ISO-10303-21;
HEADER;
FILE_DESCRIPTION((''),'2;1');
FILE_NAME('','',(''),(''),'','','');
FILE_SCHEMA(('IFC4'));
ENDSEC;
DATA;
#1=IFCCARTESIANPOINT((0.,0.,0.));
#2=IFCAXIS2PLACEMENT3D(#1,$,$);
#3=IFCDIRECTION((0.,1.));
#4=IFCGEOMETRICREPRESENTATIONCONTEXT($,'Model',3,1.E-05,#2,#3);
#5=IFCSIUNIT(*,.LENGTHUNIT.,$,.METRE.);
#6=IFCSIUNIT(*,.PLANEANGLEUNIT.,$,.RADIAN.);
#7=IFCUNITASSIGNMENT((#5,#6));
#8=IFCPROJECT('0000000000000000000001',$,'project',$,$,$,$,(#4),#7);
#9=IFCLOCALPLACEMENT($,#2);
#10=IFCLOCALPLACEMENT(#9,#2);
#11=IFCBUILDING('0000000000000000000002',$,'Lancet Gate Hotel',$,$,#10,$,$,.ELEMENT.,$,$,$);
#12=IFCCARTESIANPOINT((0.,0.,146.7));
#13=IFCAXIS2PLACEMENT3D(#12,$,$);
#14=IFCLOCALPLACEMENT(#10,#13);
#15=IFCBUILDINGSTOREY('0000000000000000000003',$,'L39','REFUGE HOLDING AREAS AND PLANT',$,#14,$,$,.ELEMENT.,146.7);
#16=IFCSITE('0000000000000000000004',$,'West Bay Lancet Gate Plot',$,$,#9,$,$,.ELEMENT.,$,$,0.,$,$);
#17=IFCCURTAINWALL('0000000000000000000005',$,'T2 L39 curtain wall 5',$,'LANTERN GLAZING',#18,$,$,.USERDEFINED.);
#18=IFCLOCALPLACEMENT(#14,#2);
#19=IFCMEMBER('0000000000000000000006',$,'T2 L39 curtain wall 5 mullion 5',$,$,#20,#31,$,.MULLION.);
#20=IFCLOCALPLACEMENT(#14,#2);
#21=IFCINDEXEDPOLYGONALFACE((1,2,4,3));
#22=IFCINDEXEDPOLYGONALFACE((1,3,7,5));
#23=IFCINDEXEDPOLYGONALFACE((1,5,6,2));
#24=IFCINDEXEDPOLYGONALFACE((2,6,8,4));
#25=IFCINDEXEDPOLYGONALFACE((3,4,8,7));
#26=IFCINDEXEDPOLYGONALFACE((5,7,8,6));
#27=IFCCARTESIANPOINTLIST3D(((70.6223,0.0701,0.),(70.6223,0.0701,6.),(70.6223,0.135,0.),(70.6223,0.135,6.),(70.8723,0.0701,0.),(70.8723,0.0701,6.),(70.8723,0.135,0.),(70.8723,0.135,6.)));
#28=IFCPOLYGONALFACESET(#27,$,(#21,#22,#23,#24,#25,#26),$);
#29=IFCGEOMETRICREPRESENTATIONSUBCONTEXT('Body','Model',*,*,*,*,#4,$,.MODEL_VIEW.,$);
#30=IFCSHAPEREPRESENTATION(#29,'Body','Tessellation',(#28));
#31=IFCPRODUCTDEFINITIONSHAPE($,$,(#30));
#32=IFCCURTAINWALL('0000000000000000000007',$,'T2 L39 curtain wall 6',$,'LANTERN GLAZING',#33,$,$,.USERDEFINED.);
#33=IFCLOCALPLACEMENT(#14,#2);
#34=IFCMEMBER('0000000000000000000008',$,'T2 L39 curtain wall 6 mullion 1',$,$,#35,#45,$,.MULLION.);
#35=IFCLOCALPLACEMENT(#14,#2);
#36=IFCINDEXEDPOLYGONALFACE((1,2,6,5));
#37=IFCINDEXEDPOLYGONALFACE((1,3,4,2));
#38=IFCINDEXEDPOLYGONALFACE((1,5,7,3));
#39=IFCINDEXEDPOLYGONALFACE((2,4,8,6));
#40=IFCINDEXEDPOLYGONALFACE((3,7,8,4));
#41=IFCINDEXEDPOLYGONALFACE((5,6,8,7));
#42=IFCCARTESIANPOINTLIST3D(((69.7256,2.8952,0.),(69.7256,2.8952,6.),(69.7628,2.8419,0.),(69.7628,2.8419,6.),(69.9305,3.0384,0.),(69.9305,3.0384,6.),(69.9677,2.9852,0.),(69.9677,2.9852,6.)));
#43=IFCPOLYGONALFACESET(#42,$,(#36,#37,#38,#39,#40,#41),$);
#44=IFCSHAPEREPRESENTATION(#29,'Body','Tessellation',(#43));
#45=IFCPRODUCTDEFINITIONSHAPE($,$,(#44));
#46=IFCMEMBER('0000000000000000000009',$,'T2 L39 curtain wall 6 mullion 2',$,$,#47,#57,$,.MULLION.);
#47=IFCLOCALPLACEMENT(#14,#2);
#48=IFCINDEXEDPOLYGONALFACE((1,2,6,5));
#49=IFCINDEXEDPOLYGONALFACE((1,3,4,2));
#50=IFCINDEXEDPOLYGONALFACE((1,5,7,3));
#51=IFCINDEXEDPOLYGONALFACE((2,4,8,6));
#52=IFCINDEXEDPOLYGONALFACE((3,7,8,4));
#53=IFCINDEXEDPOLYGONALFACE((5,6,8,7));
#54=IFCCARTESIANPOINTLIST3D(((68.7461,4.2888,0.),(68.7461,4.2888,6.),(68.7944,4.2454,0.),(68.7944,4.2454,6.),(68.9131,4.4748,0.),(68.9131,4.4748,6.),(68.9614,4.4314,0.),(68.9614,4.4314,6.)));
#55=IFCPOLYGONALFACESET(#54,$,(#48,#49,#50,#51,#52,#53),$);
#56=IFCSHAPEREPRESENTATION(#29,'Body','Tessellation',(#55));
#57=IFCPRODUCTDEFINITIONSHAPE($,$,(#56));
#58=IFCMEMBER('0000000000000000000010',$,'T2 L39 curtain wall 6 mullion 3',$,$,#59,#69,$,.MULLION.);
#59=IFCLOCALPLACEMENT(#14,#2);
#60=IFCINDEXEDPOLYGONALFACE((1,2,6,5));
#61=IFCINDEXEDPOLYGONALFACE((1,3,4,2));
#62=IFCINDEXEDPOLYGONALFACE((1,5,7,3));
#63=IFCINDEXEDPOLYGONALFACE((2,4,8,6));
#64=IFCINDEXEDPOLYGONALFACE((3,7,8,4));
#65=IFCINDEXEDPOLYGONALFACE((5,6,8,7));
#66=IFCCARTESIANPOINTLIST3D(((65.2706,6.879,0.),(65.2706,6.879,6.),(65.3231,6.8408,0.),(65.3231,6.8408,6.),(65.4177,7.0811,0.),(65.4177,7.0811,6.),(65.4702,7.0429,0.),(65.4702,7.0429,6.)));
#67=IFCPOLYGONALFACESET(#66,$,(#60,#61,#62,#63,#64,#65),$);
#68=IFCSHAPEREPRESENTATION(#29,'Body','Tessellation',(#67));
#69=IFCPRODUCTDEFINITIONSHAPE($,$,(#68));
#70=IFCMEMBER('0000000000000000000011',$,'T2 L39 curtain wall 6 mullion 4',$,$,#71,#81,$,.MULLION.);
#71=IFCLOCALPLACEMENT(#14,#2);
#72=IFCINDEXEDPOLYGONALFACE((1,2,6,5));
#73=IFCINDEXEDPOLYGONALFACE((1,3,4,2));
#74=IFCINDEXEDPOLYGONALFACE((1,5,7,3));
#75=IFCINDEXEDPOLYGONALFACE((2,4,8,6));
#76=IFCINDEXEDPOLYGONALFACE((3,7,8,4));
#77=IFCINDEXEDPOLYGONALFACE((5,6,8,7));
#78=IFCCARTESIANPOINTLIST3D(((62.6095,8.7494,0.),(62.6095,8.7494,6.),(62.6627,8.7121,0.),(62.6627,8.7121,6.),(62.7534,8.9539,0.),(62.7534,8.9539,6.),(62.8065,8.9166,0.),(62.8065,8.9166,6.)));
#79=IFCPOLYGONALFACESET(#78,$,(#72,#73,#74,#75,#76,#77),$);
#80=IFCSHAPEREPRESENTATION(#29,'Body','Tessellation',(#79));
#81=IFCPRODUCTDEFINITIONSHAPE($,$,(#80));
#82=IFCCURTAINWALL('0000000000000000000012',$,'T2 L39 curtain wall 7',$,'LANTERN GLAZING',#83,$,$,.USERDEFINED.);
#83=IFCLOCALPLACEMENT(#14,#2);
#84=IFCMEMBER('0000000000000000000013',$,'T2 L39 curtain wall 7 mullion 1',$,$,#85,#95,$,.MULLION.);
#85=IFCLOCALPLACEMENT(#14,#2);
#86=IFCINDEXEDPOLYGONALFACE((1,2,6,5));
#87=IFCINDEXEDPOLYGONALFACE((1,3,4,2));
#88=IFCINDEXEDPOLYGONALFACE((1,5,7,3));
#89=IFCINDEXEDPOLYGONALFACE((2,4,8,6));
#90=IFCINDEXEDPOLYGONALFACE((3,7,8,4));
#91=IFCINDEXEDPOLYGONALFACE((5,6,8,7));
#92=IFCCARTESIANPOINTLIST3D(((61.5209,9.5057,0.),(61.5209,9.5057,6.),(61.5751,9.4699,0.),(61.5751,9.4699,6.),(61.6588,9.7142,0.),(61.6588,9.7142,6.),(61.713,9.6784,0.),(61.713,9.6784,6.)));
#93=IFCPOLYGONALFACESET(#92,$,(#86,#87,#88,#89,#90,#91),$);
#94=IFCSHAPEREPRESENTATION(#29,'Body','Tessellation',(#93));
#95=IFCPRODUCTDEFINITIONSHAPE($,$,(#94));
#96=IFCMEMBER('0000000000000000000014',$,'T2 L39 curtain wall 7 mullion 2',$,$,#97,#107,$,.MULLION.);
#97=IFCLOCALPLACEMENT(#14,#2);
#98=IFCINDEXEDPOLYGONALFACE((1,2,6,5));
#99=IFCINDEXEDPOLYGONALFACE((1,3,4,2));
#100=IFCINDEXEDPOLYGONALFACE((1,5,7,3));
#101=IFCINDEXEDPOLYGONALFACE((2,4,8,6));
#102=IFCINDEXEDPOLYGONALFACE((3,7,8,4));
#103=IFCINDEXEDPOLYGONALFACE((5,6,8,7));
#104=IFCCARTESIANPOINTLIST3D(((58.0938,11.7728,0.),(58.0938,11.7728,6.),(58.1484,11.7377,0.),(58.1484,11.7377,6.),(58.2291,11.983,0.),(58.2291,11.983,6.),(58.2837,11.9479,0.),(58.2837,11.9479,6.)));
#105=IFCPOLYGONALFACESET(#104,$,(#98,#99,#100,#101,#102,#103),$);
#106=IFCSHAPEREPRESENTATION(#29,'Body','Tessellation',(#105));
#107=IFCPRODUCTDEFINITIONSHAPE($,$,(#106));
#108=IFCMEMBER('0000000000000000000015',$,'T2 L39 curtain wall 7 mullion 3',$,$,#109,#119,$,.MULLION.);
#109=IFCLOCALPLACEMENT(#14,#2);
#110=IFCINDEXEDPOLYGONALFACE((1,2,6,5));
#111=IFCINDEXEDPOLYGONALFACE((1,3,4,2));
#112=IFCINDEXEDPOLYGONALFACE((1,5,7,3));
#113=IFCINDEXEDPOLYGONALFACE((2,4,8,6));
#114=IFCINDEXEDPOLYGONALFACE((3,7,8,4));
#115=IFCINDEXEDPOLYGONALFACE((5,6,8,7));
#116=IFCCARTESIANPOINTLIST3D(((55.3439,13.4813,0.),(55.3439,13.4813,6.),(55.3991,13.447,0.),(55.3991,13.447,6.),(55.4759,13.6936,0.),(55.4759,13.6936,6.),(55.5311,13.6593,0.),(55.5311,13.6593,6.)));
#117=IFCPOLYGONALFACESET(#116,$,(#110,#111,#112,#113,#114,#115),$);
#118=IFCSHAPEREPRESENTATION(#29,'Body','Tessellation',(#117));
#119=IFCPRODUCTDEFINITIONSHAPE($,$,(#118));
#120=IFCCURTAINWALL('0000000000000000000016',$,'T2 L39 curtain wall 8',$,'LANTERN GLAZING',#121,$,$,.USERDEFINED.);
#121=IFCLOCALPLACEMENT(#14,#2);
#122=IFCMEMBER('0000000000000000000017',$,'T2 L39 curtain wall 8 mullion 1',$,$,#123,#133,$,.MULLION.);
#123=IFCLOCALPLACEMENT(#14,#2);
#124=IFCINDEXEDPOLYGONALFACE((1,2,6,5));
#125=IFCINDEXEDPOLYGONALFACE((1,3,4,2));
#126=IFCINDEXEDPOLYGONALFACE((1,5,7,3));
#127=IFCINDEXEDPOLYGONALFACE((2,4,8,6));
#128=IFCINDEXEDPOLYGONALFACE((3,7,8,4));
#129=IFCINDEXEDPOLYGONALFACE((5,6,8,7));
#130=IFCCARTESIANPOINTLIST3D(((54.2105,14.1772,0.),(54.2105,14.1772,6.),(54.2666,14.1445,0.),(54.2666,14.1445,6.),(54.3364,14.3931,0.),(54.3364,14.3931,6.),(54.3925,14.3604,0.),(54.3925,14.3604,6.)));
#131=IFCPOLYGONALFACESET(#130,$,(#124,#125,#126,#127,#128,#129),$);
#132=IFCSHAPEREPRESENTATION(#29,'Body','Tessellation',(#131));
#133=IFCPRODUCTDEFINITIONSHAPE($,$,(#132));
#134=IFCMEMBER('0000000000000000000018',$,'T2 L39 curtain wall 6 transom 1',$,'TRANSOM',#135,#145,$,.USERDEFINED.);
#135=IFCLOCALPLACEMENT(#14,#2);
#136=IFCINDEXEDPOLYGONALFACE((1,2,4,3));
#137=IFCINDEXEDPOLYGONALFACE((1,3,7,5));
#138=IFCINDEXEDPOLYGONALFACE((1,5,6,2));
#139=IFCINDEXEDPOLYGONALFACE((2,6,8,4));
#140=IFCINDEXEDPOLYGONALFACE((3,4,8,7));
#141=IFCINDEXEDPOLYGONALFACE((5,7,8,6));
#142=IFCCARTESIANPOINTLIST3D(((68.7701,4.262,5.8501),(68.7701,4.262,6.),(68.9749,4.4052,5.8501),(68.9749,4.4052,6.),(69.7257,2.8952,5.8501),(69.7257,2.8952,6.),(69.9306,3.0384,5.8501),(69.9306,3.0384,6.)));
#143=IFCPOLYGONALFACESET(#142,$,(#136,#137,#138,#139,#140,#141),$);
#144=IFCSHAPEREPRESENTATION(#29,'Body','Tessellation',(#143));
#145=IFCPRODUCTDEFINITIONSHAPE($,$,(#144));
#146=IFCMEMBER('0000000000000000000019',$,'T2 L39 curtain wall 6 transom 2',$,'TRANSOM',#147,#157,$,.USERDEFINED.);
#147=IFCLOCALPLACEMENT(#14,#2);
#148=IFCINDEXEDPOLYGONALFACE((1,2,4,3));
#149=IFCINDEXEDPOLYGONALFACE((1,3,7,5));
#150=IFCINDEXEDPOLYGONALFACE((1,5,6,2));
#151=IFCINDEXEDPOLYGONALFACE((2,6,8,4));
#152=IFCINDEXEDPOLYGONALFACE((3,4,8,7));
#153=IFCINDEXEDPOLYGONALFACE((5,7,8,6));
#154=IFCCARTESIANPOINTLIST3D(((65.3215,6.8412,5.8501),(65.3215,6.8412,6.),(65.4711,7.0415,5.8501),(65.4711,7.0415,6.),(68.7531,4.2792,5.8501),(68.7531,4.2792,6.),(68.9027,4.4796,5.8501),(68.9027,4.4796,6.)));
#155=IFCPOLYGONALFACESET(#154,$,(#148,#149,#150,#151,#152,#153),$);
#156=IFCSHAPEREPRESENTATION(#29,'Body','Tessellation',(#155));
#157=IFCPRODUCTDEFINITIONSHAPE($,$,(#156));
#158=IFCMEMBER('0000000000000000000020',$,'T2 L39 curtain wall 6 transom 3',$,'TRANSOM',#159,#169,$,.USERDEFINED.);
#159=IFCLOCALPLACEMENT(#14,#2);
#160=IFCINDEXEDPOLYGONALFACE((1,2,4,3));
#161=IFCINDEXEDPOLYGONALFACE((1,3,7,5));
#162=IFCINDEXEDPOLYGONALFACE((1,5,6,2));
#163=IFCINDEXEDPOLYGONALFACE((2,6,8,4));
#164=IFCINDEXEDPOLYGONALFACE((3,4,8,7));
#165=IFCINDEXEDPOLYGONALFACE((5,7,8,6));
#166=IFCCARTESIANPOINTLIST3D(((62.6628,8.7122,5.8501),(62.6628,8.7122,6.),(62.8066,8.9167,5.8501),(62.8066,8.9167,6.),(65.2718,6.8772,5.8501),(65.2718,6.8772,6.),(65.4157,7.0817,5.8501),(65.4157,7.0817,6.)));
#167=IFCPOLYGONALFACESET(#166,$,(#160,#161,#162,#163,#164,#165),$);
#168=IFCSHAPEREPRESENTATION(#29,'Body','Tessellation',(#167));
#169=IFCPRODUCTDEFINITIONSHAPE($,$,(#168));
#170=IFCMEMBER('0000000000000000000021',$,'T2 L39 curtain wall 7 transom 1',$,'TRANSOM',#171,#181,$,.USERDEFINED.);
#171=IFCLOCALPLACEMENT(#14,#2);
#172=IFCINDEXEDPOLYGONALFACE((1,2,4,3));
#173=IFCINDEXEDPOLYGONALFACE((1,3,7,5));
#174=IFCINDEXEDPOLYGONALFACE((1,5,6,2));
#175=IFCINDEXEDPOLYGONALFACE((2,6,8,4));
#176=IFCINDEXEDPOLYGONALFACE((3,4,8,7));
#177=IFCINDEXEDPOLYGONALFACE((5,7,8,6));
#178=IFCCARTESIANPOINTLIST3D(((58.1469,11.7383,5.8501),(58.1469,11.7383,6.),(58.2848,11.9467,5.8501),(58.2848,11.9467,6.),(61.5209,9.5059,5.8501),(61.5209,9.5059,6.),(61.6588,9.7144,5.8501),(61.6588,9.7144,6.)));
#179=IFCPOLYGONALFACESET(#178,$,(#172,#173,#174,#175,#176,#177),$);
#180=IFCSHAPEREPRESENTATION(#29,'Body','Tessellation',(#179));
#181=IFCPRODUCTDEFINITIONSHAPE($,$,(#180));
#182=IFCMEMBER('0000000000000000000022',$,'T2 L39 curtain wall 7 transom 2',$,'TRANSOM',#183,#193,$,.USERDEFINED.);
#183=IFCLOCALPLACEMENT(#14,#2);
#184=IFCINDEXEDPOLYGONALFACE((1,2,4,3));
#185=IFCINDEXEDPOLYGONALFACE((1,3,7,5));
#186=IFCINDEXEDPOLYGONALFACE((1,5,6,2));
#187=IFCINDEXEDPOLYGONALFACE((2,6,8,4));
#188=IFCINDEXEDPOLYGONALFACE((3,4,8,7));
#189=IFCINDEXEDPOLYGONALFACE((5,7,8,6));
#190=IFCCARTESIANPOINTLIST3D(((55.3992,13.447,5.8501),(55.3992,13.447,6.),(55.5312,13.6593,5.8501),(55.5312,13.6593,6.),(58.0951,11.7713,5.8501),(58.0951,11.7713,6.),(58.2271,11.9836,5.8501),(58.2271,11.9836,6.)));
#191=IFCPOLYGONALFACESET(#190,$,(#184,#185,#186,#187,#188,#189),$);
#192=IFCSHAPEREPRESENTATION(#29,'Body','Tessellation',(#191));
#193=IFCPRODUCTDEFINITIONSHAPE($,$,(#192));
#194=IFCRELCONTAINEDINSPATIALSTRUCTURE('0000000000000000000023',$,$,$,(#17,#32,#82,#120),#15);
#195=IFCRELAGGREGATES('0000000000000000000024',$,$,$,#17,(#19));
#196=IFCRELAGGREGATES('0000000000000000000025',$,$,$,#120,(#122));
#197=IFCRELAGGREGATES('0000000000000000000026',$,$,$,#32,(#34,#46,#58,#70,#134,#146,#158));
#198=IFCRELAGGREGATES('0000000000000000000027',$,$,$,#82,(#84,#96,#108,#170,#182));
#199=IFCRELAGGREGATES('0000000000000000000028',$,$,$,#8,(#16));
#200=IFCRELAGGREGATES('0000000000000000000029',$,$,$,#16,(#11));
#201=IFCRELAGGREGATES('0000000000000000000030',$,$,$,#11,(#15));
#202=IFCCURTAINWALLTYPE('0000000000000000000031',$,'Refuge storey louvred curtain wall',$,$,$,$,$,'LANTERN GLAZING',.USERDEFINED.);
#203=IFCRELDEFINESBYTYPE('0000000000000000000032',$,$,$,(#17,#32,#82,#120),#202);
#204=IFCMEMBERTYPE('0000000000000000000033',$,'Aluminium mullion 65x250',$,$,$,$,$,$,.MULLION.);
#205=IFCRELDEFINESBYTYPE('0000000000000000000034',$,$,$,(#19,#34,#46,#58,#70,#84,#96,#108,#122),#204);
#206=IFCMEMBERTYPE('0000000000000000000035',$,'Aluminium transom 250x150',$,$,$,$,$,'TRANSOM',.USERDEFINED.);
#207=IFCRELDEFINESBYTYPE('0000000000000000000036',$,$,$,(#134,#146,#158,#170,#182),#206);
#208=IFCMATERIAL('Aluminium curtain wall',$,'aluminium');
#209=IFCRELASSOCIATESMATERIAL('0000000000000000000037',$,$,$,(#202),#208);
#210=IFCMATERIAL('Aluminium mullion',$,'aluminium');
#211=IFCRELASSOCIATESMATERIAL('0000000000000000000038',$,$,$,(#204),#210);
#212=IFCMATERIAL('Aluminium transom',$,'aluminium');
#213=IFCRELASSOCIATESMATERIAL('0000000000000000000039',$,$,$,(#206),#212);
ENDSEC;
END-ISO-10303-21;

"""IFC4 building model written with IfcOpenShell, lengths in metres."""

from ifc_helpers import new_model, si_unit, direction, frame, origin, origin_2d, place, context, subcontext, project, spatial, rectangle, extrude, material, material_profile, profile_set, type_object, element, aggregate, save


model = new_model("IFC4")

# Units and contexts
model_context = context("Model", 3, precision=1e-05, world=origin(), true_north=direction((0.0, 1.0)))
body_context = subcontext(model_context, "Body", "Model", "MODEL_VIEW")
ifc_project = project(units=[si_unit("LENGTHUNIT", "METRE"), si_unit("PLANEANGLEUNIT", "RADIAN")], contexts=[model_context])

# Site, building, storey
site_placement = place(None, origin())
site = spatial("IfcSite", under=ifc_project, at=site_placement, Name="West Bay Lancet Gate Plot", CompositionType="ELEMENT", RefElevation=0.0)
building_placement = place(site_placement, origin())
building = spatial("IfcBuilding", under=site, at=building_placement, Name="Lancet Gate Hotel", CompositionType="ELEMENT")
storey_placement = place(building_placement, frame((0.0, 0.0, 146.7)))
storey = spatial("IfcBuildingStorey", under=building, at=storey_placement, Name="L39", Description="REFUGE HOLDING AREAS AND PLANT", CompositionType="ELEMENT", Elevation=146.7)

# Curtain wall, member
ifc_material_1 = material(Name="Aluminium curtain wall", Category="aluminium")
curtain_wall_type = type_object("IfcCurtainWallType", Name="Refuge storey louvred curtain wall", ElementType="LANTERN GLAZING", PredefinedType="USERDEFINED", material=ifc_material_1)
curtain_wall_1_placement = place(storey_placement, origin())
curtain_wall_1 = element("IfcCurtainWall", 1, at=curtain_wall_1_placement, inside=storey, type_object=curtain_wall_type, Name="T2 L39 curtain wall 5", ObjectType="LANTERN GLAZING", PredefinedType="USERDEFINED")
ifc_material_2 = material(Name="Aluminium mullion", Category="aluminium")
ifc_material_profile_1 = material_profile(ifc_material_2, rectangle(XDim=0.0649, YDim=0.25, at=origin_2d()), Name="MULLION 65x250")
ifc_profile_set_1 = profile_set([ifc_material_profile_1], Name="Aluminium mullion")
member_type_1 = type_object("IfcMemberType", Name="Aluminium mullion 65x250", PredefinedType="MULLION", material=ifc_profile_set_1)
member_1_placement = place(storey_placement, frame((70.7473, 0.1025, 0.0), z_axis=(0.0, 0.0, 1.0), x_axis=(0.0, 1.0, 0.0)))
member_1 = element("IfcMember", 2, at=member_1_placement, type_object=member_type_1, Name="T2 L39 curtain wall 5 mullion 5", PredefinedType="MULLION", context=body_context, shape_type="SweptSolid", body=[
    extrude(rectangle(XDim=0.0649, YDim=0.25, at=origin_2d()), origin(), (0.0, 0.0, 1.0), 6.0),
])
aggregate(curtain_wall_1, [member_1])

# Curtain walls, members
curtain_wall_2_placement = place(storey_placement, origin())
curtain_wall_2 = element("IfcCurtainWall", 3, at=curtain_wall_2_placement, inside=storey, type_object=curtain_wall_type, Name="T2 L39 curtain wall 6", ObjectType="LANTERN GLAZING", PredefinedType="USERDEFINED")
member_2_placement = place(storey_placement, frame((69.8467, 2.9402, 0.0), z_axis=(0.0, 0.0, 1.0), x_axis=(-0.573025, 0.819538, 0.0)))
member_2 = element("IfcMember", 4, at=member_2_placement, type_object=member_type_1, Name="T2 L39 curtain wall 6 mullion 1", PredefinedType="MULLION", context=body_context, shape_type="SweptSolid", body=[
    extrude(rectangle(XDim=0.0649, YDim=0.25, at=origin_2d()), origin(), (0.0, 0.0, 1.0), 6.0),
])
member_3_placement = place(storey_placement, frame((68.8538, 4.3601, 0.0), z_axis=(0.0, 0.0, 1.0), x_axis=(-0.743963, 0.66822, 0.0)))
member_3 = element("IfcMember", 5, at=member_3_placement, type_object=member_type_1, Name="T2 L39 curtain wall 6 mullion 2", PredefinedType="MULLION", context=body_context, shape_type="SweptSolid", body=[
    extrude(rectangle(XDim=0.0649, YDim=0.25, at=origin_2d()), origin(), (0.0, 0.0, 1.0), 6.0),
])
member_4_placement = place(storey_placement, frame((65.3704, 6.9609, 0.0), z_axis=(0.0, 0.0, 1.0), x_axis=(-0.808529, 0.588456, 0.0)))
member_4 = element("IfcMember", 6, at=member_4_placement, type_object=member_type_1, Name="T2 L39 curtain wall 6 mullion 3", PredefinedType="MULLION", context=body_context, shape_type="SweptSolid", body=[
    extrude(rectangle(XDim=0.0649, YDim=0.25, at=origin_2d()), origin(), (0.0, 0.0, 1.0), 6.0),
])
member_5_placement = place(storey_placement, frame((62.708, 8.833, 0.0), z_axis=(0.0, 0.0, 1.0), x_axis=(-0.817979, 0.575247, 0.0)))
member_5 = element("IfcMember", 7, at=member_5_placement, type_object=member_type_1, Name="T2 L39 curtain wall 6 mullion 4", PredefinedType="MULLION", context=body_context, shape_type="SweptSolid", body=[
    extrude(rectangle(XDim=0.0649, YDim=0.25, at=origin_2d()), origin(), (0.0, 0.0, 1.0), 6.0),
])
curtain_wall_3_placement = place(storey_placement, origin())
curtain_wall_3 = element("IfcCurtainWall", 8, at=curtain_wall_3_placement, inside=storey, type_object=curtain_wall_type, Name="T2 L39 curtain wall 7", ObjectType="LANTERN GLAZING", PredefinedType="USERDEFINED")
member_6_placement = place(storey_placement, frame((61.6169, 9.592, 0.0), z_axis=(0.0, 0.0, 1.0), x_axis=(-0.833985, 0.551787, 0.0)))
member_6 = element("IfcMember", 9, at=member_6_placement, type_object=member_type_1, Name="T2 L39 curtain wall 7 mullion 1", PredefinedType="MULLION", context=body_context, shape_type="SweptSolid", body=[
    extrude(rectangle(XDim=0.0649, YDim=0.25, at=origin_2d()), origin(), (0.0, 0.0, 1.0), 6.0),
])
member_7_placement = place(storey_placement, frame((58.1887, 11.8604, 0.0), z_axis=(0.0, 0.0, 1.0), x_axis=(-0.840826, 0.541305, 0.0)))
member_7 = element("IfcMember", 10, at=member_7_placement, type_object=member_type_1, Name="T2 L39 curtain wall 7 mullion 2", PredefinedType="MULLION", context=body_context, shape_type="SweptSolid", body=[
    extrude(rectangle(XDim=0.0649, YDim=0.25, at=origin_2d()), origin(), (0.0, 0.0, 1.0), 6.0),
])
member_8_placement = place(storey_placement, frame((55.4375, 13.5703, 0.0), z_axis=(0.0, 0.0, 1.0), x_axis=(-0.849318, 0.527882, 0.0)))
member_8 = element("IfcMember", 11, at=member_8_placement, type_object=member_type_1, Name="T2 L39 curtain wall 7 mullion 3", PredefinedType="MULLION", context=body_context, shape_type="SweptSolid", body=[
    extrude(rectangle(XDim=0.0649, YDim=0.25, at=origin_2d()), origin(), (0.0, 0.0, 1.0), 6.0),
])

# Curtain wall, member
curtain_wall_4_placement = place(storey_placement, origin())
curtain_wall_4 = element("IfcCurtainWall", 12, at=curtain_wall_4_placement, inside=storey, type_object=curtain_wall_type, Name="T2 L39 curtain wall 8", ObjectType="LANTERN GLAZING", PredefinedType="USERDEFINED")
member_9_placement = place(storey_placement, frame((54.3015, 14.2688, 0.0), z_axis=(0.0, 0.0, 1.0), x_axis=(-0.863966, 0.503551, 0.0)))
member_9 = element("IfcMember", 13, at=member_9_placement, type_object=member_type_1, Name="T2 L39 curtain wall 8 mullion 1", PredefinedType="MULLION", context=body_context, shape_type="SweptSolid", body=[
    extrude(rectangle(XDim=0.0649, YDim=0.25, at=origin_2d()), origin(), (0.0, 0.0, 1.0), 6.0),
])
aggregate(curtain_wall_4, [member_9])

# Members
ifc_material_3 = material(Name="Aluminium transom", Category="aluminium")
ifc_material_profile_2 = material_profile(ifc_material_3, rectangle(XDim=0.25, YDim=0.1499, at=origin_2d()), Name="TRANSOM 250x150")
ifc_profile_set_2 = profile_set([ifc_material_profile_2], Name="Aluminium transom")
member_type_2 = type_object("IfcMemberType", Name="Aluminium transom 250x150", ElementType="TRANSOM", PredefinedType="USERDEFINED", material=ifc_profile_set_2)
member_10_placement = place(storey_placement, frame((69.8281, 2.9668, 5.925), z_axis=(-0.57301, 0.819548, 0.0), x_axis=(-0.819548, -0.57301, 0.0)))
member_10 = element("IfcMember", 14, at=member_10_placement, type_object=member_type_2, Name="T2 L39 curtain wall 6 transom 1", ObjectType="TRANSOM", PredefinedType="USERDEFINED", context=body_context, shape_type="SweptSolid", body=[
    extrude(rectangle(XDim=0.25, YDim=0.1499, at=origin_2d()), origin(), (0.0, 0.0, 1.0), 1.6677),
])
member_11_placement = place(storey_placement, frame((68.8279, 4.3794, 5.925), z_axis=(-0.801312, 0.598247, 0.0), x_axis=(-0.598247, -0.801312, 0.0)))
member_11 = element("IfcMember", 15, at=member_11_placement, type_object=member_type_2, Name="T2 L39 curtain wall 6 transom 2", ObjectType="TRANSOM", PredefinedType="USERDEFINED", context=body_context, shape_type="SweptSolid", body=[
    extrude(rectangle(XDim=0.25, YDim=0.1499, at=origin_2d()), origin(), (0.0, 0.0, 1.0), 4.2825),
])
member_12_placement = place(storey_placement, frame((65.3438, 6.9795, 5.925), z_axis=(-0.817968, 0.575264, 0.0), x_axis=(-0.575264, -0.817968, 0.0)))
member_12 = element("IfcMember", 16, at=member_12_placement, type_object=member_type_2, Name="T2 L39 curtain wall 6 transom 3", ObjectType="TRANSOM", PredefinedType="USERDEFINED", context=body_context, shape_type="SweptSolid", body=[
    extrude(rectangle(XDim=0.25, YDim=0.1499, at=origin_2d()), origin(), (0.0, 0.0, 1.0), 3.1897),
])
member_13_placement = place(storey_placement, frame((61.5898, 9.6101, 5.925), z_axis=(-0.833976, 0.5518, 0.0), x_axis=(-0.5518, -0.833976, 0.0)))
member_13 = element("IfcMember", 17, at=member_13_placement, type_object=member_type_2, Name="T2 L39 curtain wall 7 transom 1", ObjectType="TRANSOM", PredefinedType="USERDEFINED", context=body_context, shape_type="SweptSolid", body=[
    extrude(rectangle(XDim=0.25, YDim=0.1499, at=origin_2d()), origin(), (0.0, 0.0, 1.0), 4.0457),
])
member_14_placement = place(storey_placement, frame((58.1611, 11.8774, 5.925), z_axis=(-0.849305, 0.527903, 0.0), x_axis=(-0.527903, -0.849305, 0.0)))
member_14 = element("IfcMember", 18, at=member_14_placement, type_object=member_type_2, Name="T2 L39 curtain wall 7 transom 2", ObjectType="TRANSOM", PredefinedType="USERDEFINED", context=body_context, shape_type="SweptSolid", body=[
    extrude(rectangle(XDim=0.25, YDim=0.1499, at=origin_2d()), origin(), (0.0, 0.0, 1.0), 3.1743),
])

aggregate(curtain_wall_2, [member_2, member_3, member_4, member_5, member_10, member_11, member_12])
aggregate(curtain_wall_3, [member_6, member_7, member_8, member_13, member_14])

save(model, "model.ifc")
